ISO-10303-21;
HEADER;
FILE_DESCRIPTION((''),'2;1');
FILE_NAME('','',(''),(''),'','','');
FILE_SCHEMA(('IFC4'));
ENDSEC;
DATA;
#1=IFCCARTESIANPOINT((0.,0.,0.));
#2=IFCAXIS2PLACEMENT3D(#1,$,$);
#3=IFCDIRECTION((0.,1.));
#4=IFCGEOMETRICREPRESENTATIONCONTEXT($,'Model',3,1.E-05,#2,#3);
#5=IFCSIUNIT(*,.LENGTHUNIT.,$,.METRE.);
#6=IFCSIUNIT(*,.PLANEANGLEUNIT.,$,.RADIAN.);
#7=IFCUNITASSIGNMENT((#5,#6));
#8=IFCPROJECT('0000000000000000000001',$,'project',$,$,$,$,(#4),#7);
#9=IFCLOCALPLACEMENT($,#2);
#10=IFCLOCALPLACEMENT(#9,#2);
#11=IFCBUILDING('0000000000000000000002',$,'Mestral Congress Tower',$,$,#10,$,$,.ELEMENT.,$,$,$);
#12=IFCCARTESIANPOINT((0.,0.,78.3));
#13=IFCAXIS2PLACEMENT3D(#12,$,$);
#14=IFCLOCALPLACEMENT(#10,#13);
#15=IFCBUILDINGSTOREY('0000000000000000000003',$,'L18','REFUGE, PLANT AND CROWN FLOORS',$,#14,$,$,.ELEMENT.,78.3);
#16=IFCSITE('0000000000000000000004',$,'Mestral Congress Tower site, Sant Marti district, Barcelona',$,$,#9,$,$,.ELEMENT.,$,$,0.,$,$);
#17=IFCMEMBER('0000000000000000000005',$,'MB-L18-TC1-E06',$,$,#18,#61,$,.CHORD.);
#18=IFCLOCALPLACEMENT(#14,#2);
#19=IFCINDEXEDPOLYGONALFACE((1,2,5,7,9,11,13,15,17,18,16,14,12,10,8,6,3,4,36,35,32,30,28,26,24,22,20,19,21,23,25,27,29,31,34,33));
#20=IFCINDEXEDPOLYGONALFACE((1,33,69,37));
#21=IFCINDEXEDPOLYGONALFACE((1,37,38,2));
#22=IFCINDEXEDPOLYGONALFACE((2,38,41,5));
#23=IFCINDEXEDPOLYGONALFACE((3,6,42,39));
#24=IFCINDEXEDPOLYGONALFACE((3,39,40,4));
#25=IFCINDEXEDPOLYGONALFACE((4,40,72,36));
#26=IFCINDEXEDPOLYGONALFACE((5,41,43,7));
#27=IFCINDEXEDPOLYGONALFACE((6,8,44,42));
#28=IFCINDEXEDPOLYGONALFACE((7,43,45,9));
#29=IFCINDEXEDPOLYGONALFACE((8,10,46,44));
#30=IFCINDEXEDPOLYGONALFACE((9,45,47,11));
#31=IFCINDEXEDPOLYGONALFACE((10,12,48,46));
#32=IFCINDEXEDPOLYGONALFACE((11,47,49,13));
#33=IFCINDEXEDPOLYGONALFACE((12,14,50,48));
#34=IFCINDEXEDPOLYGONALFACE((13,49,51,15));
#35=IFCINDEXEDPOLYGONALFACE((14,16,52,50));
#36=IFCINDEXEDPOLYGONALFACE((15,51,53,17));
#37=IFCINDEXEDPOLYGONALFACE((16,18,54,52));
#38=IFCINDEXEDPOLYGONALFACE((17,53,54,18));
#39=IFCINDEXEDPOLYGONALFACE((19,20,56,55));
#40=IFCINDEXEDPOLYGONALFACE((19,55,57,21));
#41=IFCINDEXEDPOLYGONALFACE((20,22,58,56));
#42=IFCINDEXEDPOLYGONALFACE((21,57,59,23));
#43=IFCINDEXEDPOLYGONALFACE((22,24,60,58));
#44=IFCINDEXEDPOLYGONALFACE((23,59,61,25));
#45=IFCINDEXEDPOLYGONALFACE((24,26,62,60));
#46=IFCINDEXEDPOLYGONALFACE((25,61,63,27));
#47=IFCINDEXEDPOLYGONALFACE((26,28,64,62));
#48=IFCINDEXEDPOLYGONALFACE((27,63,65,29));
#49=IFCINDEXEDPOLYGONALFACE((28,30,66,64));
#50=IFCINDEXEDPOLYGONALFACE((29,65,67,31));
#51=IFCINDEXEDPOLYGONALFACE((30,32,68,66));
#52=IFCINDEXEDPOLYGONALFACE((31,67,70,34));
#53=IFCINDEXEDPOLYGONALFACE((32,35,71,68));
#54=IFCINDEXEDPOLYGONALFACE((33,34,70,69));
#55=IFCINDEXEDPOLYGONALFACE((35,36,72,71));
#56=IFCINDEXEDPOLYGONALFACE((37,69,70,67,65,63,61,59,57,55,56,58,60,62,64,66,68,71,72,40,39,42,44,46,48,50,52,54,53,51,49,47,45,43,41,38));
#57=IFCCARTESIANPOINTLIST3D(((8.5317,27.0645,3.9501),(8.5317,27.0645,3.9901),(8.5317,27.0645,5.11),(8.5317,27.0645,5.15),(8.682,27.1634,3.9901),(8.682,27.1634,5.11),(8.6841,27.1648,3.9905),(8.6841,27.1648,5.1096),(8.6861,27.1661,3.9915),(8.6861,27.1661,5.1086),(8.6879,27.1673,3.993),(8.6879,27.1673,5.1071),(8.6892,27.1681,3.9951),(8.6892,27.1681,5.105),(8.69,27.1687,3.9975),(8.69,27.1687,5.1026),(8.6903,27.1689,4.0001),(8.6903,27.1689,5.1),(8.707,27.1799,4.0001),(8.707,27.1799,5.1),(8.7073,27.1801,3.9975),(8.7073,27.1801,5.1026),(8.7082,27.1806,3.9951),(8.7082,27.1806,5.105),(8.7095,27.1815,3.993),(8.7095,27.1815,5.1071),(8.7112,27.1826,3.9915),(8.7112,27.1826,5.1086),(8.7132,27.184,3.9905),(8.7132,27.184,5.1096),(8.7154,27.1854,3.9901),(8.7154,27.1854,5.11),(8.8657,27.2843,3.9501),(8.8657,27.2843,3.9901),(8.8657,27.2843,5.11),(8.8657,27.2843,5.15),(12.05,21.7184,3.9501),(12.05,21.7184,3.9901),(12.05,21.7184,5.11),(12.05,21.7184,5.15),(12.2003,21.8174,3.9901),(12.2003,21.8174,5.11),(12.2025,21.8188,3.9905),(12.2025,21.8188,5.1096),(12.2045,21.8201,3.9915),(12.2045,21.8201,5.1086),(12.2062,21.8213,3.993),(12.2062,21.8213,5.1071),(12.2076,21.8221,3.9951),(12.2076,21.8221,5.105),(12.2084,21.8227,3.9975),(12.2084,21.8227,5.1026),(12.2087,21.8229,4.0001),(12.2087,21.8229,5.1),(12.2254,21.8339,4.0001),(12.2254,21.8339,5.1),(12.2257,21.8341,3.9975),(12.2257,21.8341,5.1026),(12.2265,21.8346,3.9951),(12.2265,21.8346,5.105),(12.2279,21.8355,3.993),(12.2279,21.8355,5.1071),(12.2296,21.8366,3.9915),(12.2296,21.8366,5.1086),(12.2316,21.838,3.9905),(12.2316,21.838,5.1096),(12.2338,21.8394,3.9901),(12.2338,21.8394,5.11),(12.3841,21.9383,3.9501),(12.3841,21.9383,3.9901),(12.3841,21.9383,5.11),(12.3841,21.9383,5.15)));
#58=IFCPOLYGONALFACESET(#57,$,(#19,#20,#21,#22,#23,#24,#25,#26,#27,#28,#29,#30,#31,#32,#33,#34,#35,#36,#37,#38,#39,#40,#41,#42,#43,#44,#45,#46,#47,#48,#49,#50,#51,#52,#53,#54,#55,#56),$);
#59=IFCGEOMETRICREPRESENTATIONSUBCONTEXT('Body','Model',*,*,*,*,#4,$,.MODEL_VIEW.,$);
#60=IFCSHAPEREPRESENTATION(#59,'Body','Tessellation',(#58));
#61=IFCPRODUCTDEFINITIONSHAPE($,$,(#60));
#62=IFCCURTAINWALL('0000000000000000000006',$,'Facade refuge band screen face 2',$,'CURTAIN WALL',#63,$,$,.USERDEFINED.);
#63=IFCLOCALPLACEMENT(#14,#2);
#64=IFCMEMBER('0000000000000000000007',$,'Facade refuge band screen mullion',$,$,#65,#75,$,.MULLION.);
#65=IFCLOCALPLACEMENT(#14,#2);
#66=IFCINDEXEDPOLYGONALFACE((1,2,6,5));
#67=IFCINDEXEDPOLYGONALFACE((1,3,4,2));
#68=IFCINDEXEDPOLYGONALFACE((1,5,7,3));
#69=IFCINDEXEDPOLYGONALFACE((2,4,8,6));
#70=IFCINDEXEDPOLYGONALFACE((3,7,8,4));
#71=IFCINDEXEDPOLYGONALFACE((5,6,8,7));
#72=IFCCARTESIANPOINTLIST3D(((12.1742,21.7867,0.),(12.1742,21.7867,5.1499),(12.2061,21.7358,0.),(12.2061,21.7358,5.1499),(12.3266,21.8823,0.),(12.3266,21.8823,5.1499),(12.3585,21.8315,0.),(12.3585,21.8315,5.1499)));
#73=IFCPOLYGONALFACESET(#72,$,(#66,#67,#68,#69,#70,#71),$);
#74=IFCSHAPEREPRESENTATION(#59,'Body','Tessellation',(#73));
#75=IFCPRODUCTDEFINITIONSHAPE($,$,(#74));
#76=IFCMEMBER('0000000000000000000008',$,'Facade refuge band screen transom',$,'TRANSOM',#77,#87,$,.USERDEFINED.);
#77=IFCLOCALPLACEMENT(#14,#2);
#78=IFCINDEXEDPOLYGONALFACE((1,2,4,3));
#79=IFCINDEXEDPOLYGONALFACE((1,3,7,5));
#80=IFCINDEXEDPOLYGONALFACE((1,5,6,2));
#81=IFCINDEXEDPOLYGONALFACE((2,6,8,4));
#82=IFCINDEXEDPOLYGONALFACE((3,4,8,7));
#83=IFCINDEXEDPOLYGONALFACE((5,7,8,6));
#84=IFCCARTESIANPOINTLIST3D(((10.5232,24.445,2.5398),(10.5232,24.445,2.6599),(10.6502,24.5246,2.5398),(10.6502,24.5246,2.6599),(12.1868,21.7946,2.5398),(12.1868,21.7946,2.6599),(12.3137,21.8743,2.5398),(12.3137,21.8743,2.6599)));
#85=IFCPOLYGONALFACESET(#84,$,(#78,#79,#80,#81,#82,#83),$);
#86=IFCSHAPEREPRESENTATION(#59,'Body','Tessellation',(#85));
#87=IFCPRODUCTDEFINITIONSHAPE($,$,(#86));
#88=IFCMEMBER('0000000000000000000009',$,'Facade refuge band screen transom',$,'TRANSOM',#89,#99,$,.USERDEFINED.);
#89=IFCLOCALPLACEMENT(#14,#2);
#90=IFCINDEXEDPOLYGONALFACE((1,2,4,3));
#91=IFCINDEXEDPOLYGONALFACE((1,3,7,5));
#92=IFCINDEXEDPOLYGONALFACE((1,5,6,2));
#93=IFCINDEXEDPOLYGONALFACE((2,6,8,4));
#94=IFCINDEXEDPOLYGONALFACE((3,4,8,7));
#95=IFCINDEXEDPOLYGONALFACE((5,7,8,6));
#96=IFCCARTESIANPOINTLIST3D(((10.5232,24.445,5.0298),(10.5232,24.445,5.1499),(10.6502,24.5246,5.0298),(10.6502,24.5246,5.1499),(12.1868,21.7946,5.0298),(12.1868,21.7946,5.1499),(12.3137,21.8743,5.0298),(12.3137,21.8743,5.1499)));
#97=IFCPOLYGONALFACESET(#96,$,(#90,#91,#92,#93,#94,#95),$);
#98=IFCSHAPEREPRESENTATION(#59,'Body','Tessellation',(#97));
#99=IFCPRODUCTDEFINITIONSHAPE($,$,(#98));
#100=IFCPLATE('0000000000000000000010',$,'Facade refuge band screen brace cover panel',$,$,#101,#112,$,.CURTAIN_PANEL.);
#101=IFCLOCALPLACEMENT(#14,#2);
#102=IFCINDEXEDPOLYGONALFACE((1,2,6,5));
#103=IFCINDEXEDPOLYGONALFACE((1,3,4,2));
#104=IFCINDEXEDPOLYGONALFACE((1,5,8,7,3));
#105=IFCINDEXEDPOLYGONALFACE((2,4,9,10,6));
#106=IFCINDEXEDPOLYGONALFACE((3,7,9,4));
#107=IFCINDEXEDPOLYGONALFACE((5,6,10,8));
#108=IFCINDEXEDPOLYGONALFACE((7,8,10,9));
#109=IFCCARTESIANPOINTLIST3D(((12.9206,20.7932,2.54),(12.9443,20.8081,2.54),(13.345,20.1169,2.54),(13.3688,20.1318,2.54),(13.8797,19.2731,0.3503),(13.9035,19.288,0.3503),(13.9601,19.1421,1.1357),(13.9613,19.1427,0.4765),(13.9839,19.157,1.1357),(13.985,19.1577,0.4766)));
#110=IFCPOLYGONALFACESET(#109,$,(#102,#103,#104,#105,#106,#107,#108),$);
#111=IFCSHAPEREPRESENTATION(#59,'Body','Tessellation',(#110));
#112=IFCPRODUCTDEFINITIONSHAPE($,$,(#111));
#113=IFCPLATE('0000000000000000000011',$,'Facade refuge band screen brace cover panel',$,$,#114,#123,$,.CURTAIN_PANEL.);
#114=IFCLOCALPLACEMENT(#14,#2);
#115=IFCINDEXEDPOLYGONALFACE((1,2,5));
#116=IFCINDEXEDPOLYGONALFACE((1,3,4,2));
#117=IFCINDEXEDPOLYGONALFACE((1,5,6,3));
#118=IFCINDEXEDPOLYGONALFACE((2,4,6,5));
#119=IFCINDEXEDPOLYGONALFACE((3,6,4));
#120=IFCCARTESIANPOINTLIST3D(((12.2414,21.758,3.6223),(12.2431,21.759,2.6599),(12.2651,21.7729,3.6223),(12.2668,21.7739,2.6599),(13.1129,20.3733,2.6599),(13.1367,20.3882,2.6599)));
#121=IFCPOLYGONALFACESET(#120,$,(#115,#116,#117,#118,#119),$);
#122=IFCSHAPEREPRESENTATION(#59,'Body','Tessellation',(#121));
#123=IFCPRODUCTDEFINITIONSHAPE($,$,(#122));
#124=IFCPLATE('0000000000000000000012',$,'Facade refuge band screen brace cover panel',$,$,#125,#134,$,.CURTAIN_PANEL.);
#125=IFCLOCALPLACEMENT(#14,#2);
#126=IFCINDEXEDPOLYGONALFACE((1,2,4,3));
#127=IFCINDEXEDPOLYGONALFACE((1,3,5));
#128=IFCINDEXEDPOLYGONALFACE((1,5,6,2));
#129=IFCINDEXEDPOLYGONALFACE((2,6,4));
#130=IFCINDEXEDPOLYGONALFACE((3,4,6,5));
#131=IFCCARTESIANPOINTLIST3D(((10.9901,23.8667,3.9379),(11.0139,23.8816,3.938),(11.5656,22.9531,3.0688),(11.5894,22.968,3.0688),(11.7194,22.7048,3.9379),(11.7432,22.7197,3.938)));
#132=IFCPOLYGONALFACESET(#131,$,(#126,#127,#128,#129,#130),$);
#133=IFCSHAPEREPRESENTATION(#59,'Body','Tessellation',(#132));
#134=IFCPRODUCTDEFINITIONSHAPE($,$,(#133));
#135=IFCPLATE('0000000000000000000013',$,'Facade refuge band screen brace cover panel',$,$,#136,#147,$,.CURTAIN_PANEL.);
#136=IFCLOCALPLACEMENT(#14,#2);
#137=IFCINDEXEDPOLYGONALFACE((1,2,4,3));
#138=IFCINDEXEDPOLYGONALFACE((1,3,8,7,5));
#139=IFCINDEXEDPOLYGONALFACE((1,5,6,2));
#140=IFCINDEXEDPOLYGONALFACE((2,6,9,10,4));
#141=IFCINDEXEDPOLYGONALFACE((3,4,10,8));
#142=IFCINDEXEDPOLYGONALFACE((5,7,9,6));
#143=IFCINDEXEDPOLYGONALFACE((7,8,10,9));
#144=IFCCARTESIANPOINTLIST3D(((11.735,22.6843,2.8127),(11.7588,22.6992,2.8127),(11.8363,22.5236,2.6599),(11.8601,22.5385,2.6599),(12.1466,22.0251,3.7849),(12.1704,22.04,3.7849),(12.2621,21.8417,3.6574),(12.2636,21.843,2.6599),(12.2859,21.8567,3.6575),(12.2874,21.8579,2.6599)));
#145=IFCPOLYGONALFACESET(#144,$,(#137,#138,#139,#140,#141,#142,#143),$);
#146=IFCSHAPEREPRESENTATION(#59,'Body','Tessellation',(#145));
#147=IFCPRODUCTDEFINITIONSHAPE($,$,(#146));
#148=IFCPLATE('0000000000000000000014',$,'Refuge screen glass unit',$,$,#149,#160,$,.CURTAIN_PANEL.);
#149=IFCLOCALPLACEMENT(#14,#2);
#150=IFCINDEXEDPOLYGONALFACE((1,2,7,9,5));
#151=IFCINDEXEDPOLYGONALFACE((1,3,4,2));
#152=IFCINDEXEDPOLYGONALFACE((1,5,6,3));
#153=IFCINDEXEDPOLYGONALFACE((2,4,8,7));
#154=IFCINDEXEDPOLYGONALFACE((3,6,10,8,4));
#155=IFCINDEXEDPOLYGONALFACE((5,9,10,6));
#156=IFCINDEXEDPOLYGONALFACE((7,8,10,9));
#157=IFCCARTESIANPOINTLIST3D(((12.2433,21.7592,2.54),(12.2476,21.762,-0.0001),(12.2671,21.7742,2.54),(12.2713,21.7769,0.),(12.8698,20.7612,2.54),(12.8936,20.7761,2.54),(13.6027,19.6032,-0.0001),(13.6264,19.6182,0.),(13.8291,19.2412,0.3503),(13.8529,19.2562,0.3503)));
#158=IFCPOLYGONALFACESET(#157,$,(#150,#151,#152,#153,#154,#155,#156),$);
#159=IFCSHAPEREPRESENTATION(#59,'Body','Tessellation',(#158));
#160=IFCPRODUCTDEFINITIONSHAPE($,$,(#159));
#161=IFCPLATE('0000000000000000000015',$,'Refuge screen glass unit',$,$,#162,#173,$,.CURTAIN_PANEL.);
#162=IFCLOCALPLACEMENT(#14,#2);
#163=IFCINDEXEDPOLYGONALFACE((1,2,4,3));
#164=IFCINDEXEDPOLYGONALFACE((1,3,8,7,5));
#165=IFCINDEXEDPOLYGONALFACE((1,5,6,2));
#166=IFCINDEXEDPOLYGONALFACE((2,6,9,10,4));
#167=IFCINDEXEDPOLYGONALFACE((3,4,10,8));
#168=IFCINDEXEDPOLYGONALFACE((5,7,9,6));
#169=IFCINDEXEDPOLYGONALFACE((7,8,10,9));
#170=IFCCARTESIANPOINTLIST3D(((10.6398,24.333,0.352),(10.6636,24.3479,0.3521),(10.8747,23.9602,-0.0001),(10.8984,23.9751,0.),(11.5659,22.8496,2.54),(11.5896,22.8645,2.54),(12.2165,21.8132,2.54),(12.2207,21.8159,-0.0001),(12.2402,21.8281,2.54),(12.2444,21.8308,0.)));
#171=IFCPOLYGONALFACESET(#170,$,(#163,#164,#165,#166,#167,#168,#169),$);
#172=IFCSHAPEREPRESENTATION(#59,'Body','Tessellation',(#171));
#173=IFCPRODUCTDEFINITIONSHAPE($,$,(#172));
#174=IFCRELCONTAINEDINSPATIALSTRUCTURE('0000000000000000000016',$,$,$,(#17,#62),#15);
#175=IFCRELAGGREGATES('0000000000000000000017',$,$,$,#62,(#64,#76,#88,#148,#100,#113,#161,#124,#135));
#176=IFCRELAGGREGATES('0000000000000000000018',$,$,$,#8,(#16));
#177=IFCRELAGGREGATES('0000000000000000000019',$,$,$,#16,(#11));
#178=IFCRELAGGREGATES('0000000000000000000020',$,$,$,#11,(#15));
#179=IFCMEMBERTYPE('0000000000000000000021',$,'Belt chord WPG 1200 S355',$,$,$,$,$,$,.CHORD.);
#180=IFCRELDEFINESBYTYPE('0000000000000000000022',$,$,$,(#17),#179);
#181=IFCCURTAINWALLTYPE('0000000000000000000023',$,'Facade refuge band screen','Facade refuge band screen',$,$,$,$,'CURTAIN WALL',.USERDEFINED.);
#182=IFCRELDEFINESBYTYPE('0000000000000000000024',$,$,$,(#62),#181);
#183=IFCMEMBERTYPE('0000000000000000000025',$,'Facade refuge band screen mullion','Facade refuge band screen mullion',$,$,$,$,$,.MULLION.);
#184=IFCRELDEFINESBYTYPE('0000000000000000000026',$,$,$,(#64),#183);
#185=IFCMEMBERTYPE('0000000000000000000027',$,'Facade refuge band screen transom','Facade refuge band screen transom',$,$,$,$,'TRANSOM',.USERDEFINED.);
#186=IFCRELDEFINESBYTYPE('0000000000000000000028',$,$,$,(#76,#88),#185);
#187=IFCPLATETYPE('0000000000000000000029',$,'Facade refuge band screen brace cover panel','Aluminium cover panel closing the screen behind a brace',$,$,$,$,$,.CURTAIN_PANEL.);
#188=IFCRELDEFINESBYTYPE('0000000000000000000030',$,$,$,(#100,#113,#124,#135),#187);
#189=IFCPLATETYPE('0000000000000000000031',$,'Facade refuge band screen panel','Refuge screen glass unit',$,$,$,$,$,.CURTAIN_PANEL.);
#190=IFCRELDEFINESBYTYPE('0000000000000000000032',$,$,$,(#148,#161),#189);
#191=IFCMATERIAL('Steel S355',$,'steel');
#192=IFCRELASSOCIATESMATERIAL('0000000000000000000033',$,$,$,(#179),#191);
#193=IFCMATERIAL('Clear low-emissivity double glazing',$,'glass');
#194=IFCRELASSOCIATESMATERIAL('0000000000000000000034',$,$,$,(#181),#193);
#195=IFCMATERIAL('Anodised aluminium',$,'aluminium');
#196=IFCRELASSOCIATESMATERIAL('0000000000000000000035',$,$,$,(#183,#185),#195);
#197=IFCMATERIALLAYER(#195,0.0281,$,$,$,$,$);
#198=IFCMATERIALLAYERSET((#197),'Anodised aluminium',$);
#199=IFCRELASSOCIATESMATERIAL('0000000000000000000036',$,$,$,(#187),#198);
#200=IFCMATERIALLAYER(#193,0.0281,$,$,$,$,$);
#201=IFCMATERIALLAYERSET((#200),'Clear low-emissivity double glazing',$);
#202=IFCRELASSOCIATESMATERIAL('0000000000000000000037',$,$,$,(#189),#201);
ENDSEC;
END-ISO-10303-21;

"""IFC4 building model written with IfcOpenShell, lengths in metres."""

from ifc_helpers import new_model, si_unit, direction, frame, origin, origin_2d, place, context, subcontext, project, spatial, polyline, rectangle, i_section, outline, extrude, material, layer, layer_set, material_profile, profile_set, type_object, element, aggregate, save


model = new_model("IFC4")

# Units and contexts
model_context = context("Model", 3, precision=1e-05, world=origin(), true_north=direction((0.0, 1.0)))
body_context = subcontext(model_context, "Body", "Model", "MODEL_VIEW")
ifc_project = project(units=[si_unit("LENGTHUNIT", "METRE"), si_unit("PLANEANGLEUNIT", "RADIAN")], contexts=[model_context])

# Site, building, storey
site_placement = place(None, origin())
site = spatial("IfcSite", under=ifc_project, at=site_placement, Name="Mestral Congress Tower site, Sant Marti district, Barcelona", CompositionType="ELEMENT", RefElevation=0.0)
building_placement = place(site_placement, origin())
building = spatial("IfcBuilding", under=site, at=building_placement, Name="Mestral Congress Tower", CompositionType="ELEMENT")
storey_placement = place(building_placement, frame((0.0, 0.0, 78.3)))
storey = spatial("IfcBuildingStorey", under=building, at=storey_placement, Name="L18", Description="REFUGE, PLANT AND CROWN FLOORS", CompositionType="ELEMENT", Elevation=78.3)

# Member
ifc_material_1 = material(Name="Steel S355", Category="steel")
ifc_material_profile_1 = material_profile(ifc_material_1, i_section(OverallWidth=0.3999, OverallDepth=1.2, WebThickness=0.02, FlangeThickness=0.04, FilletRadius=0.01, at=origin_2d()), Name="WPG 1200")
ifc_profile_set_1 = profile_set([ifc_material_profile_1], Name="Steel S355")
member_type_1 = type_object("IfcMemberType", Name="Belt chord WPG 1200 S355", PredefinedType="CHORD", material=ifc_profile_set_1)
member_1_placement = place(storey_placement, frame((12.217, 21.8284, 4.55), z_axis=(-0.549752, 0.835328, 0.0), x_axis=(-0.835328, -0.549752, 0.0)))
element("IfcMember", 1, at=member_1_placement, inside=storey, type_object=member_type_1, Name="MB-L18-TC1-E06", PredefinedType="CHORD", context=body_context, shape_type="SweptSolid", body=[
    extrude(i_section(OverallWidth=0.3999, OverallDepth=1.2, WebThickness=0.02, FlangeThickness=0.04, FilletRadius=0.01, at=origin_2d()), origin(), (0.0, 0.0, 1.0), 6.3999),
])

# Curtain wall, members, plates
ifc_material_2 = material(Name="Clear low-emissivity double glazing", Category="glass")
curtain_wall_type = type_object("IfcCurtainWallType", Name="Facade refuge band screen", Description="Facade refuge band screen", ElementType="CURTAIN WALL", PredefinedType="USERDEFINED", material=ifc_material_2)
curtain_wall_placement = place(storey_placement, origin())
curtain_wall = element("IfcCurtainWall", 2, at=curtain_wall_placement, inside=storey, type_object=curtain_wall_type, Name="Facade refuge band screen face 2", ObjectType="CURTAIN WALL", PredefinedType="USERDEFINED")
ifc_material_3 = material(Name="Anodised aluminium", Category="aluminium")
ifc_material_profile_2 = material_profile(ifc_material_3, rectangle(XDim=0.1799, YDim=0.0601, at=origin_2d()), Name="CW3 mullion 180 x 60")
ifc_profile_set_2 = profile_set([ifc_material_profile_2], Name="Anodised aluminium")
member_type_2 = type_object("IfcMemberType", Name="Facade refuge band screen mullion", Description="Facade refuge band screen mullion", PredefinedType="MULLION", material=ifc_profile_set_2)
member_2_placement = place(storey_placement, frame((12.2664, 21.8091, 0.0), z_axis=(0.0, 0.0, 1.0), x_axis=(0.846951, 0.531671, 0.0)))
member_2 = element("IfcMember", 3, at=member_2_placement, type_object=member_type_2, Name="Facade refuge band screen mullion", PredefinedType="MULLION", context=body_context, shape_type="SweptSolid", body=[
    extrude(rectangle(XDim=0.1799, YDim=0.0601, at=origin_2d()), origin(), (0.0, 0.0, 1.0), 5.1499),
])
ifc_material_profile_3 = material_profile(ifc_material_3, rectangle(XDim=0.1499, YDim=0.1201, at=origin_2d()), Name="CW3 transom 150 x 120")
ifc_profile_set_3 = profile_set([ifc_material_profile_3], Name="Anodised aluminium")
member_type_3 = type_object("IfcMemberType", Name="Facade refuge band screen transom", Description="Facade refuge band screen transom", ElementType="TRANSOM", PredefinedType="USERDEFINED", material=ifc_profile_set_3)
member_3_placement = place(storey_placement, frame((12.2502, 21.8345, 2.5999), z_axis=(-0.531625, 0.84698, 0.0), x_axis=(-0.84698, -0.531625, 0.0)))
member_3 = element("IfcMember", 4, at=member_3_placement, type_object=member_type_3, Name="Facade refuge band screen transom", ObjectType="TRANSOM", PredefinedType="USERDEFINED", context=body_context, shape_type="SweptSolid", body=[
    extrude(rectangle(XDim=0.1499, YDim=0.1201, at=origin_2d()), origin(), (0.0, 0.0, 1.0), 3.1292),
])
member_4_placement = place(storey_placement, frame((12.2502, 21.8345, 5.0898), z_axis=(-0.531625, 0.84698, 0.0), x_axis=(-0.84698, -0.531625, 0.0)))
member_4 = element("IfcMember", 5, at=member_4_placement, type_object=member_type_3, Name="Facade refuge band screen transom", ObjectType="TRANSOM", PredefinedType="USERDEFINED", context=body_context, shape_type="SweptSolid", body=[
    extrude(rectangle(XDim=0.1499, YDim=0.1201, at=origin_2d()), origin(), (0.0, 0.0, 1.0), 3.1292),
])
ifc_layer_1 = layer(ifc_material_3, 0.0281)
ifc_layer_set_1 = layer_set([ifc_layer_1], Name="Anodised aluminium")
plate_type_1 = type_object("IfcPlateType", Name="Facade refuge band screen brace cover panel", Description="Aluminium cover panel closing the screen behind a brace", PredefinedType="CURTAIN_PANEL", material=ifc_layer_set_1)
plate_1_placement = place(storey_placement, frame((12.9443, 20.8081, 2.54), z_axis=(0.846996, 0.531596, 0.001986), x_axis=(0.338579, -0.536573, -0.772951)))
plate_1 = element("IfcPlate", 6, at=plate_1_placement, type_object=plate_type_1, Name="Facade refuge band screen brace cover panel", PredefinedType="CURTAIN_PANEL", context=body_context, shape_type="SweptSolid", body=[
    extrude(outline(polyline([(0.0, 0.0), (2.8329, 0.0), (2.8329, -0.1989), (2.3234, -0.6171), (0.5066, -0.6172), (0.0, 0.0)])), origin(), (0.0, 0.0, -1.0), 0.0281),
])
plate_2_placement = place(storey_placement, frame((12.2668, 21.7739, 2.6599), z_axis=(0.846955, 0.53166, 0.002043), x_axis=(0.531661, -0.846957, 0.0)))
plate_2 = element("IfcPlate", 7, at=plate_2_placement, type_object=plate_type_1, Name="Facade refuge band screen brace cover panel", PredefinedType="CURTAIN_PANEL", context=body_context, shape_type="SweptSolid", body=[
    extrude(outline(polyline([(0.0, 0.0), (1.6361, 0.0), (-0.0001, -0.9624), (0.0, 0.0)])), origin(), (0.0, 0.0, -1.0), 0.0281),
])
plate_3_placement = place(storey_placement, frame((11.0139, 23.8816, 3.938), z_axis=(0.846985, 0.531613, 0.00198), x_axis=(0.415163, -0.659117, -0.62706)))
plate_3 = element("IfcPlate", 8, at=plate_3_placement, type_object=plate_type_1, Name="Facade refuge band screen brace cover panel", PredefinedType="CURTAIN_PANEL", context=body_context, shape_type="SweptSolid", body=[
    extrude(outline(polyline([(0.0, 0.0), (1.3861, 0.0), (1.0686, -0.8602), (0.0, 0.0)])), origin(), (0.0, 0.0, -1.0), 0.0281),
])
plate_4_placement = place(storey_placement, frame((12.1704, 22.04, 3.7849), z_axis=(0.846892, 0.531761, 0.002007), x_axis=(-0.330706, 0.529637, -0.781101)))
plate_4 = element("IfcPlate", 9, at=plate_4_placement, type_object=plate_type_1, Name="Facade refuge band screen brace cover panel", PredefinedType="CURTAIN_PANEL", context=body_context, shape_type="SweptSolid", body=[
    extrude(outline(polyline([(0.0, 0.0), (1.2446, 0.0), (1.2454, -0.2438), (0.7436, -0.8715), (-0.0358, -0.2488), (0.0, 0.0)])), origin(), (0.0, 0.0, -1.0), 0.0281),
])
ifc_layer_2 = layer(ifc_material_2, 0.0281)
ifc_layer_set_2 = layer_set([ifc_layer_2], Name="Clear low-emissivity double glazing")
plate_type_2 = type_object("IfcPlateType", Name="Facade refuge band screen panel", Description="Refuge screen glass unit", PredefinedType="CURTAIN_PANEL", material=ifc_layer_set_2)
plate_5_placement = place(storey_placement, frame((12.2671, 21.7742, 2.54), z_axis=(0.846958, 0.531657, 0.001989), x_axis=(0.001671, 0.00108, -0.999998)))
plate_5 = element("IfcPlate", 10, at=plate_5_placement, type_object=plate_type_2, Name="Refuge screen glass unit", PredefinedType="CURTAIN_PANEL", context=body_context, shape_type="SweptSolid", body=[
    extrude(outline(polyline([(0.0, 0.0), (2.54, 0.0), (2.54, -2.5488), (2.1896, -2.9758), (0.0, -1.1784), (0.0, 0.0)])), origin(), (0.0, 0.0, -1.0), 0.0281),
])
plate_6_placement = place(storey_placement, frame((10.8984, 23.9751, 0.0), z_axis=(0.846956, 0.531659, 0.001976), x_axis=(0.53166, -0.846958, 0.0)))
plate_6 = element("IfcPlate", 11, at=plate_6_placement, type_object=plate_type_2, Name="Refuge screen glass unit", PredefinedType="CURTAIN_PANEL", context=body_context, shape_type="SweptSolid", body=[
    extrude(outline(polyline([(0.0, 0.0), (2.5317, 0.0), (2.5318, -2.54), (1.3081, -2.54), (-0.4406, -0.3521), (0.0, 0.0)])), origin(), (0.0, 0.0, -1.0), 0.0281),
])
aggregate(curtain_wall, [member_2, member_3, member_4, plate_5, plate_1, plate_2, plate_6, plate_3, plate_4])

save(model, "model.ifc")
